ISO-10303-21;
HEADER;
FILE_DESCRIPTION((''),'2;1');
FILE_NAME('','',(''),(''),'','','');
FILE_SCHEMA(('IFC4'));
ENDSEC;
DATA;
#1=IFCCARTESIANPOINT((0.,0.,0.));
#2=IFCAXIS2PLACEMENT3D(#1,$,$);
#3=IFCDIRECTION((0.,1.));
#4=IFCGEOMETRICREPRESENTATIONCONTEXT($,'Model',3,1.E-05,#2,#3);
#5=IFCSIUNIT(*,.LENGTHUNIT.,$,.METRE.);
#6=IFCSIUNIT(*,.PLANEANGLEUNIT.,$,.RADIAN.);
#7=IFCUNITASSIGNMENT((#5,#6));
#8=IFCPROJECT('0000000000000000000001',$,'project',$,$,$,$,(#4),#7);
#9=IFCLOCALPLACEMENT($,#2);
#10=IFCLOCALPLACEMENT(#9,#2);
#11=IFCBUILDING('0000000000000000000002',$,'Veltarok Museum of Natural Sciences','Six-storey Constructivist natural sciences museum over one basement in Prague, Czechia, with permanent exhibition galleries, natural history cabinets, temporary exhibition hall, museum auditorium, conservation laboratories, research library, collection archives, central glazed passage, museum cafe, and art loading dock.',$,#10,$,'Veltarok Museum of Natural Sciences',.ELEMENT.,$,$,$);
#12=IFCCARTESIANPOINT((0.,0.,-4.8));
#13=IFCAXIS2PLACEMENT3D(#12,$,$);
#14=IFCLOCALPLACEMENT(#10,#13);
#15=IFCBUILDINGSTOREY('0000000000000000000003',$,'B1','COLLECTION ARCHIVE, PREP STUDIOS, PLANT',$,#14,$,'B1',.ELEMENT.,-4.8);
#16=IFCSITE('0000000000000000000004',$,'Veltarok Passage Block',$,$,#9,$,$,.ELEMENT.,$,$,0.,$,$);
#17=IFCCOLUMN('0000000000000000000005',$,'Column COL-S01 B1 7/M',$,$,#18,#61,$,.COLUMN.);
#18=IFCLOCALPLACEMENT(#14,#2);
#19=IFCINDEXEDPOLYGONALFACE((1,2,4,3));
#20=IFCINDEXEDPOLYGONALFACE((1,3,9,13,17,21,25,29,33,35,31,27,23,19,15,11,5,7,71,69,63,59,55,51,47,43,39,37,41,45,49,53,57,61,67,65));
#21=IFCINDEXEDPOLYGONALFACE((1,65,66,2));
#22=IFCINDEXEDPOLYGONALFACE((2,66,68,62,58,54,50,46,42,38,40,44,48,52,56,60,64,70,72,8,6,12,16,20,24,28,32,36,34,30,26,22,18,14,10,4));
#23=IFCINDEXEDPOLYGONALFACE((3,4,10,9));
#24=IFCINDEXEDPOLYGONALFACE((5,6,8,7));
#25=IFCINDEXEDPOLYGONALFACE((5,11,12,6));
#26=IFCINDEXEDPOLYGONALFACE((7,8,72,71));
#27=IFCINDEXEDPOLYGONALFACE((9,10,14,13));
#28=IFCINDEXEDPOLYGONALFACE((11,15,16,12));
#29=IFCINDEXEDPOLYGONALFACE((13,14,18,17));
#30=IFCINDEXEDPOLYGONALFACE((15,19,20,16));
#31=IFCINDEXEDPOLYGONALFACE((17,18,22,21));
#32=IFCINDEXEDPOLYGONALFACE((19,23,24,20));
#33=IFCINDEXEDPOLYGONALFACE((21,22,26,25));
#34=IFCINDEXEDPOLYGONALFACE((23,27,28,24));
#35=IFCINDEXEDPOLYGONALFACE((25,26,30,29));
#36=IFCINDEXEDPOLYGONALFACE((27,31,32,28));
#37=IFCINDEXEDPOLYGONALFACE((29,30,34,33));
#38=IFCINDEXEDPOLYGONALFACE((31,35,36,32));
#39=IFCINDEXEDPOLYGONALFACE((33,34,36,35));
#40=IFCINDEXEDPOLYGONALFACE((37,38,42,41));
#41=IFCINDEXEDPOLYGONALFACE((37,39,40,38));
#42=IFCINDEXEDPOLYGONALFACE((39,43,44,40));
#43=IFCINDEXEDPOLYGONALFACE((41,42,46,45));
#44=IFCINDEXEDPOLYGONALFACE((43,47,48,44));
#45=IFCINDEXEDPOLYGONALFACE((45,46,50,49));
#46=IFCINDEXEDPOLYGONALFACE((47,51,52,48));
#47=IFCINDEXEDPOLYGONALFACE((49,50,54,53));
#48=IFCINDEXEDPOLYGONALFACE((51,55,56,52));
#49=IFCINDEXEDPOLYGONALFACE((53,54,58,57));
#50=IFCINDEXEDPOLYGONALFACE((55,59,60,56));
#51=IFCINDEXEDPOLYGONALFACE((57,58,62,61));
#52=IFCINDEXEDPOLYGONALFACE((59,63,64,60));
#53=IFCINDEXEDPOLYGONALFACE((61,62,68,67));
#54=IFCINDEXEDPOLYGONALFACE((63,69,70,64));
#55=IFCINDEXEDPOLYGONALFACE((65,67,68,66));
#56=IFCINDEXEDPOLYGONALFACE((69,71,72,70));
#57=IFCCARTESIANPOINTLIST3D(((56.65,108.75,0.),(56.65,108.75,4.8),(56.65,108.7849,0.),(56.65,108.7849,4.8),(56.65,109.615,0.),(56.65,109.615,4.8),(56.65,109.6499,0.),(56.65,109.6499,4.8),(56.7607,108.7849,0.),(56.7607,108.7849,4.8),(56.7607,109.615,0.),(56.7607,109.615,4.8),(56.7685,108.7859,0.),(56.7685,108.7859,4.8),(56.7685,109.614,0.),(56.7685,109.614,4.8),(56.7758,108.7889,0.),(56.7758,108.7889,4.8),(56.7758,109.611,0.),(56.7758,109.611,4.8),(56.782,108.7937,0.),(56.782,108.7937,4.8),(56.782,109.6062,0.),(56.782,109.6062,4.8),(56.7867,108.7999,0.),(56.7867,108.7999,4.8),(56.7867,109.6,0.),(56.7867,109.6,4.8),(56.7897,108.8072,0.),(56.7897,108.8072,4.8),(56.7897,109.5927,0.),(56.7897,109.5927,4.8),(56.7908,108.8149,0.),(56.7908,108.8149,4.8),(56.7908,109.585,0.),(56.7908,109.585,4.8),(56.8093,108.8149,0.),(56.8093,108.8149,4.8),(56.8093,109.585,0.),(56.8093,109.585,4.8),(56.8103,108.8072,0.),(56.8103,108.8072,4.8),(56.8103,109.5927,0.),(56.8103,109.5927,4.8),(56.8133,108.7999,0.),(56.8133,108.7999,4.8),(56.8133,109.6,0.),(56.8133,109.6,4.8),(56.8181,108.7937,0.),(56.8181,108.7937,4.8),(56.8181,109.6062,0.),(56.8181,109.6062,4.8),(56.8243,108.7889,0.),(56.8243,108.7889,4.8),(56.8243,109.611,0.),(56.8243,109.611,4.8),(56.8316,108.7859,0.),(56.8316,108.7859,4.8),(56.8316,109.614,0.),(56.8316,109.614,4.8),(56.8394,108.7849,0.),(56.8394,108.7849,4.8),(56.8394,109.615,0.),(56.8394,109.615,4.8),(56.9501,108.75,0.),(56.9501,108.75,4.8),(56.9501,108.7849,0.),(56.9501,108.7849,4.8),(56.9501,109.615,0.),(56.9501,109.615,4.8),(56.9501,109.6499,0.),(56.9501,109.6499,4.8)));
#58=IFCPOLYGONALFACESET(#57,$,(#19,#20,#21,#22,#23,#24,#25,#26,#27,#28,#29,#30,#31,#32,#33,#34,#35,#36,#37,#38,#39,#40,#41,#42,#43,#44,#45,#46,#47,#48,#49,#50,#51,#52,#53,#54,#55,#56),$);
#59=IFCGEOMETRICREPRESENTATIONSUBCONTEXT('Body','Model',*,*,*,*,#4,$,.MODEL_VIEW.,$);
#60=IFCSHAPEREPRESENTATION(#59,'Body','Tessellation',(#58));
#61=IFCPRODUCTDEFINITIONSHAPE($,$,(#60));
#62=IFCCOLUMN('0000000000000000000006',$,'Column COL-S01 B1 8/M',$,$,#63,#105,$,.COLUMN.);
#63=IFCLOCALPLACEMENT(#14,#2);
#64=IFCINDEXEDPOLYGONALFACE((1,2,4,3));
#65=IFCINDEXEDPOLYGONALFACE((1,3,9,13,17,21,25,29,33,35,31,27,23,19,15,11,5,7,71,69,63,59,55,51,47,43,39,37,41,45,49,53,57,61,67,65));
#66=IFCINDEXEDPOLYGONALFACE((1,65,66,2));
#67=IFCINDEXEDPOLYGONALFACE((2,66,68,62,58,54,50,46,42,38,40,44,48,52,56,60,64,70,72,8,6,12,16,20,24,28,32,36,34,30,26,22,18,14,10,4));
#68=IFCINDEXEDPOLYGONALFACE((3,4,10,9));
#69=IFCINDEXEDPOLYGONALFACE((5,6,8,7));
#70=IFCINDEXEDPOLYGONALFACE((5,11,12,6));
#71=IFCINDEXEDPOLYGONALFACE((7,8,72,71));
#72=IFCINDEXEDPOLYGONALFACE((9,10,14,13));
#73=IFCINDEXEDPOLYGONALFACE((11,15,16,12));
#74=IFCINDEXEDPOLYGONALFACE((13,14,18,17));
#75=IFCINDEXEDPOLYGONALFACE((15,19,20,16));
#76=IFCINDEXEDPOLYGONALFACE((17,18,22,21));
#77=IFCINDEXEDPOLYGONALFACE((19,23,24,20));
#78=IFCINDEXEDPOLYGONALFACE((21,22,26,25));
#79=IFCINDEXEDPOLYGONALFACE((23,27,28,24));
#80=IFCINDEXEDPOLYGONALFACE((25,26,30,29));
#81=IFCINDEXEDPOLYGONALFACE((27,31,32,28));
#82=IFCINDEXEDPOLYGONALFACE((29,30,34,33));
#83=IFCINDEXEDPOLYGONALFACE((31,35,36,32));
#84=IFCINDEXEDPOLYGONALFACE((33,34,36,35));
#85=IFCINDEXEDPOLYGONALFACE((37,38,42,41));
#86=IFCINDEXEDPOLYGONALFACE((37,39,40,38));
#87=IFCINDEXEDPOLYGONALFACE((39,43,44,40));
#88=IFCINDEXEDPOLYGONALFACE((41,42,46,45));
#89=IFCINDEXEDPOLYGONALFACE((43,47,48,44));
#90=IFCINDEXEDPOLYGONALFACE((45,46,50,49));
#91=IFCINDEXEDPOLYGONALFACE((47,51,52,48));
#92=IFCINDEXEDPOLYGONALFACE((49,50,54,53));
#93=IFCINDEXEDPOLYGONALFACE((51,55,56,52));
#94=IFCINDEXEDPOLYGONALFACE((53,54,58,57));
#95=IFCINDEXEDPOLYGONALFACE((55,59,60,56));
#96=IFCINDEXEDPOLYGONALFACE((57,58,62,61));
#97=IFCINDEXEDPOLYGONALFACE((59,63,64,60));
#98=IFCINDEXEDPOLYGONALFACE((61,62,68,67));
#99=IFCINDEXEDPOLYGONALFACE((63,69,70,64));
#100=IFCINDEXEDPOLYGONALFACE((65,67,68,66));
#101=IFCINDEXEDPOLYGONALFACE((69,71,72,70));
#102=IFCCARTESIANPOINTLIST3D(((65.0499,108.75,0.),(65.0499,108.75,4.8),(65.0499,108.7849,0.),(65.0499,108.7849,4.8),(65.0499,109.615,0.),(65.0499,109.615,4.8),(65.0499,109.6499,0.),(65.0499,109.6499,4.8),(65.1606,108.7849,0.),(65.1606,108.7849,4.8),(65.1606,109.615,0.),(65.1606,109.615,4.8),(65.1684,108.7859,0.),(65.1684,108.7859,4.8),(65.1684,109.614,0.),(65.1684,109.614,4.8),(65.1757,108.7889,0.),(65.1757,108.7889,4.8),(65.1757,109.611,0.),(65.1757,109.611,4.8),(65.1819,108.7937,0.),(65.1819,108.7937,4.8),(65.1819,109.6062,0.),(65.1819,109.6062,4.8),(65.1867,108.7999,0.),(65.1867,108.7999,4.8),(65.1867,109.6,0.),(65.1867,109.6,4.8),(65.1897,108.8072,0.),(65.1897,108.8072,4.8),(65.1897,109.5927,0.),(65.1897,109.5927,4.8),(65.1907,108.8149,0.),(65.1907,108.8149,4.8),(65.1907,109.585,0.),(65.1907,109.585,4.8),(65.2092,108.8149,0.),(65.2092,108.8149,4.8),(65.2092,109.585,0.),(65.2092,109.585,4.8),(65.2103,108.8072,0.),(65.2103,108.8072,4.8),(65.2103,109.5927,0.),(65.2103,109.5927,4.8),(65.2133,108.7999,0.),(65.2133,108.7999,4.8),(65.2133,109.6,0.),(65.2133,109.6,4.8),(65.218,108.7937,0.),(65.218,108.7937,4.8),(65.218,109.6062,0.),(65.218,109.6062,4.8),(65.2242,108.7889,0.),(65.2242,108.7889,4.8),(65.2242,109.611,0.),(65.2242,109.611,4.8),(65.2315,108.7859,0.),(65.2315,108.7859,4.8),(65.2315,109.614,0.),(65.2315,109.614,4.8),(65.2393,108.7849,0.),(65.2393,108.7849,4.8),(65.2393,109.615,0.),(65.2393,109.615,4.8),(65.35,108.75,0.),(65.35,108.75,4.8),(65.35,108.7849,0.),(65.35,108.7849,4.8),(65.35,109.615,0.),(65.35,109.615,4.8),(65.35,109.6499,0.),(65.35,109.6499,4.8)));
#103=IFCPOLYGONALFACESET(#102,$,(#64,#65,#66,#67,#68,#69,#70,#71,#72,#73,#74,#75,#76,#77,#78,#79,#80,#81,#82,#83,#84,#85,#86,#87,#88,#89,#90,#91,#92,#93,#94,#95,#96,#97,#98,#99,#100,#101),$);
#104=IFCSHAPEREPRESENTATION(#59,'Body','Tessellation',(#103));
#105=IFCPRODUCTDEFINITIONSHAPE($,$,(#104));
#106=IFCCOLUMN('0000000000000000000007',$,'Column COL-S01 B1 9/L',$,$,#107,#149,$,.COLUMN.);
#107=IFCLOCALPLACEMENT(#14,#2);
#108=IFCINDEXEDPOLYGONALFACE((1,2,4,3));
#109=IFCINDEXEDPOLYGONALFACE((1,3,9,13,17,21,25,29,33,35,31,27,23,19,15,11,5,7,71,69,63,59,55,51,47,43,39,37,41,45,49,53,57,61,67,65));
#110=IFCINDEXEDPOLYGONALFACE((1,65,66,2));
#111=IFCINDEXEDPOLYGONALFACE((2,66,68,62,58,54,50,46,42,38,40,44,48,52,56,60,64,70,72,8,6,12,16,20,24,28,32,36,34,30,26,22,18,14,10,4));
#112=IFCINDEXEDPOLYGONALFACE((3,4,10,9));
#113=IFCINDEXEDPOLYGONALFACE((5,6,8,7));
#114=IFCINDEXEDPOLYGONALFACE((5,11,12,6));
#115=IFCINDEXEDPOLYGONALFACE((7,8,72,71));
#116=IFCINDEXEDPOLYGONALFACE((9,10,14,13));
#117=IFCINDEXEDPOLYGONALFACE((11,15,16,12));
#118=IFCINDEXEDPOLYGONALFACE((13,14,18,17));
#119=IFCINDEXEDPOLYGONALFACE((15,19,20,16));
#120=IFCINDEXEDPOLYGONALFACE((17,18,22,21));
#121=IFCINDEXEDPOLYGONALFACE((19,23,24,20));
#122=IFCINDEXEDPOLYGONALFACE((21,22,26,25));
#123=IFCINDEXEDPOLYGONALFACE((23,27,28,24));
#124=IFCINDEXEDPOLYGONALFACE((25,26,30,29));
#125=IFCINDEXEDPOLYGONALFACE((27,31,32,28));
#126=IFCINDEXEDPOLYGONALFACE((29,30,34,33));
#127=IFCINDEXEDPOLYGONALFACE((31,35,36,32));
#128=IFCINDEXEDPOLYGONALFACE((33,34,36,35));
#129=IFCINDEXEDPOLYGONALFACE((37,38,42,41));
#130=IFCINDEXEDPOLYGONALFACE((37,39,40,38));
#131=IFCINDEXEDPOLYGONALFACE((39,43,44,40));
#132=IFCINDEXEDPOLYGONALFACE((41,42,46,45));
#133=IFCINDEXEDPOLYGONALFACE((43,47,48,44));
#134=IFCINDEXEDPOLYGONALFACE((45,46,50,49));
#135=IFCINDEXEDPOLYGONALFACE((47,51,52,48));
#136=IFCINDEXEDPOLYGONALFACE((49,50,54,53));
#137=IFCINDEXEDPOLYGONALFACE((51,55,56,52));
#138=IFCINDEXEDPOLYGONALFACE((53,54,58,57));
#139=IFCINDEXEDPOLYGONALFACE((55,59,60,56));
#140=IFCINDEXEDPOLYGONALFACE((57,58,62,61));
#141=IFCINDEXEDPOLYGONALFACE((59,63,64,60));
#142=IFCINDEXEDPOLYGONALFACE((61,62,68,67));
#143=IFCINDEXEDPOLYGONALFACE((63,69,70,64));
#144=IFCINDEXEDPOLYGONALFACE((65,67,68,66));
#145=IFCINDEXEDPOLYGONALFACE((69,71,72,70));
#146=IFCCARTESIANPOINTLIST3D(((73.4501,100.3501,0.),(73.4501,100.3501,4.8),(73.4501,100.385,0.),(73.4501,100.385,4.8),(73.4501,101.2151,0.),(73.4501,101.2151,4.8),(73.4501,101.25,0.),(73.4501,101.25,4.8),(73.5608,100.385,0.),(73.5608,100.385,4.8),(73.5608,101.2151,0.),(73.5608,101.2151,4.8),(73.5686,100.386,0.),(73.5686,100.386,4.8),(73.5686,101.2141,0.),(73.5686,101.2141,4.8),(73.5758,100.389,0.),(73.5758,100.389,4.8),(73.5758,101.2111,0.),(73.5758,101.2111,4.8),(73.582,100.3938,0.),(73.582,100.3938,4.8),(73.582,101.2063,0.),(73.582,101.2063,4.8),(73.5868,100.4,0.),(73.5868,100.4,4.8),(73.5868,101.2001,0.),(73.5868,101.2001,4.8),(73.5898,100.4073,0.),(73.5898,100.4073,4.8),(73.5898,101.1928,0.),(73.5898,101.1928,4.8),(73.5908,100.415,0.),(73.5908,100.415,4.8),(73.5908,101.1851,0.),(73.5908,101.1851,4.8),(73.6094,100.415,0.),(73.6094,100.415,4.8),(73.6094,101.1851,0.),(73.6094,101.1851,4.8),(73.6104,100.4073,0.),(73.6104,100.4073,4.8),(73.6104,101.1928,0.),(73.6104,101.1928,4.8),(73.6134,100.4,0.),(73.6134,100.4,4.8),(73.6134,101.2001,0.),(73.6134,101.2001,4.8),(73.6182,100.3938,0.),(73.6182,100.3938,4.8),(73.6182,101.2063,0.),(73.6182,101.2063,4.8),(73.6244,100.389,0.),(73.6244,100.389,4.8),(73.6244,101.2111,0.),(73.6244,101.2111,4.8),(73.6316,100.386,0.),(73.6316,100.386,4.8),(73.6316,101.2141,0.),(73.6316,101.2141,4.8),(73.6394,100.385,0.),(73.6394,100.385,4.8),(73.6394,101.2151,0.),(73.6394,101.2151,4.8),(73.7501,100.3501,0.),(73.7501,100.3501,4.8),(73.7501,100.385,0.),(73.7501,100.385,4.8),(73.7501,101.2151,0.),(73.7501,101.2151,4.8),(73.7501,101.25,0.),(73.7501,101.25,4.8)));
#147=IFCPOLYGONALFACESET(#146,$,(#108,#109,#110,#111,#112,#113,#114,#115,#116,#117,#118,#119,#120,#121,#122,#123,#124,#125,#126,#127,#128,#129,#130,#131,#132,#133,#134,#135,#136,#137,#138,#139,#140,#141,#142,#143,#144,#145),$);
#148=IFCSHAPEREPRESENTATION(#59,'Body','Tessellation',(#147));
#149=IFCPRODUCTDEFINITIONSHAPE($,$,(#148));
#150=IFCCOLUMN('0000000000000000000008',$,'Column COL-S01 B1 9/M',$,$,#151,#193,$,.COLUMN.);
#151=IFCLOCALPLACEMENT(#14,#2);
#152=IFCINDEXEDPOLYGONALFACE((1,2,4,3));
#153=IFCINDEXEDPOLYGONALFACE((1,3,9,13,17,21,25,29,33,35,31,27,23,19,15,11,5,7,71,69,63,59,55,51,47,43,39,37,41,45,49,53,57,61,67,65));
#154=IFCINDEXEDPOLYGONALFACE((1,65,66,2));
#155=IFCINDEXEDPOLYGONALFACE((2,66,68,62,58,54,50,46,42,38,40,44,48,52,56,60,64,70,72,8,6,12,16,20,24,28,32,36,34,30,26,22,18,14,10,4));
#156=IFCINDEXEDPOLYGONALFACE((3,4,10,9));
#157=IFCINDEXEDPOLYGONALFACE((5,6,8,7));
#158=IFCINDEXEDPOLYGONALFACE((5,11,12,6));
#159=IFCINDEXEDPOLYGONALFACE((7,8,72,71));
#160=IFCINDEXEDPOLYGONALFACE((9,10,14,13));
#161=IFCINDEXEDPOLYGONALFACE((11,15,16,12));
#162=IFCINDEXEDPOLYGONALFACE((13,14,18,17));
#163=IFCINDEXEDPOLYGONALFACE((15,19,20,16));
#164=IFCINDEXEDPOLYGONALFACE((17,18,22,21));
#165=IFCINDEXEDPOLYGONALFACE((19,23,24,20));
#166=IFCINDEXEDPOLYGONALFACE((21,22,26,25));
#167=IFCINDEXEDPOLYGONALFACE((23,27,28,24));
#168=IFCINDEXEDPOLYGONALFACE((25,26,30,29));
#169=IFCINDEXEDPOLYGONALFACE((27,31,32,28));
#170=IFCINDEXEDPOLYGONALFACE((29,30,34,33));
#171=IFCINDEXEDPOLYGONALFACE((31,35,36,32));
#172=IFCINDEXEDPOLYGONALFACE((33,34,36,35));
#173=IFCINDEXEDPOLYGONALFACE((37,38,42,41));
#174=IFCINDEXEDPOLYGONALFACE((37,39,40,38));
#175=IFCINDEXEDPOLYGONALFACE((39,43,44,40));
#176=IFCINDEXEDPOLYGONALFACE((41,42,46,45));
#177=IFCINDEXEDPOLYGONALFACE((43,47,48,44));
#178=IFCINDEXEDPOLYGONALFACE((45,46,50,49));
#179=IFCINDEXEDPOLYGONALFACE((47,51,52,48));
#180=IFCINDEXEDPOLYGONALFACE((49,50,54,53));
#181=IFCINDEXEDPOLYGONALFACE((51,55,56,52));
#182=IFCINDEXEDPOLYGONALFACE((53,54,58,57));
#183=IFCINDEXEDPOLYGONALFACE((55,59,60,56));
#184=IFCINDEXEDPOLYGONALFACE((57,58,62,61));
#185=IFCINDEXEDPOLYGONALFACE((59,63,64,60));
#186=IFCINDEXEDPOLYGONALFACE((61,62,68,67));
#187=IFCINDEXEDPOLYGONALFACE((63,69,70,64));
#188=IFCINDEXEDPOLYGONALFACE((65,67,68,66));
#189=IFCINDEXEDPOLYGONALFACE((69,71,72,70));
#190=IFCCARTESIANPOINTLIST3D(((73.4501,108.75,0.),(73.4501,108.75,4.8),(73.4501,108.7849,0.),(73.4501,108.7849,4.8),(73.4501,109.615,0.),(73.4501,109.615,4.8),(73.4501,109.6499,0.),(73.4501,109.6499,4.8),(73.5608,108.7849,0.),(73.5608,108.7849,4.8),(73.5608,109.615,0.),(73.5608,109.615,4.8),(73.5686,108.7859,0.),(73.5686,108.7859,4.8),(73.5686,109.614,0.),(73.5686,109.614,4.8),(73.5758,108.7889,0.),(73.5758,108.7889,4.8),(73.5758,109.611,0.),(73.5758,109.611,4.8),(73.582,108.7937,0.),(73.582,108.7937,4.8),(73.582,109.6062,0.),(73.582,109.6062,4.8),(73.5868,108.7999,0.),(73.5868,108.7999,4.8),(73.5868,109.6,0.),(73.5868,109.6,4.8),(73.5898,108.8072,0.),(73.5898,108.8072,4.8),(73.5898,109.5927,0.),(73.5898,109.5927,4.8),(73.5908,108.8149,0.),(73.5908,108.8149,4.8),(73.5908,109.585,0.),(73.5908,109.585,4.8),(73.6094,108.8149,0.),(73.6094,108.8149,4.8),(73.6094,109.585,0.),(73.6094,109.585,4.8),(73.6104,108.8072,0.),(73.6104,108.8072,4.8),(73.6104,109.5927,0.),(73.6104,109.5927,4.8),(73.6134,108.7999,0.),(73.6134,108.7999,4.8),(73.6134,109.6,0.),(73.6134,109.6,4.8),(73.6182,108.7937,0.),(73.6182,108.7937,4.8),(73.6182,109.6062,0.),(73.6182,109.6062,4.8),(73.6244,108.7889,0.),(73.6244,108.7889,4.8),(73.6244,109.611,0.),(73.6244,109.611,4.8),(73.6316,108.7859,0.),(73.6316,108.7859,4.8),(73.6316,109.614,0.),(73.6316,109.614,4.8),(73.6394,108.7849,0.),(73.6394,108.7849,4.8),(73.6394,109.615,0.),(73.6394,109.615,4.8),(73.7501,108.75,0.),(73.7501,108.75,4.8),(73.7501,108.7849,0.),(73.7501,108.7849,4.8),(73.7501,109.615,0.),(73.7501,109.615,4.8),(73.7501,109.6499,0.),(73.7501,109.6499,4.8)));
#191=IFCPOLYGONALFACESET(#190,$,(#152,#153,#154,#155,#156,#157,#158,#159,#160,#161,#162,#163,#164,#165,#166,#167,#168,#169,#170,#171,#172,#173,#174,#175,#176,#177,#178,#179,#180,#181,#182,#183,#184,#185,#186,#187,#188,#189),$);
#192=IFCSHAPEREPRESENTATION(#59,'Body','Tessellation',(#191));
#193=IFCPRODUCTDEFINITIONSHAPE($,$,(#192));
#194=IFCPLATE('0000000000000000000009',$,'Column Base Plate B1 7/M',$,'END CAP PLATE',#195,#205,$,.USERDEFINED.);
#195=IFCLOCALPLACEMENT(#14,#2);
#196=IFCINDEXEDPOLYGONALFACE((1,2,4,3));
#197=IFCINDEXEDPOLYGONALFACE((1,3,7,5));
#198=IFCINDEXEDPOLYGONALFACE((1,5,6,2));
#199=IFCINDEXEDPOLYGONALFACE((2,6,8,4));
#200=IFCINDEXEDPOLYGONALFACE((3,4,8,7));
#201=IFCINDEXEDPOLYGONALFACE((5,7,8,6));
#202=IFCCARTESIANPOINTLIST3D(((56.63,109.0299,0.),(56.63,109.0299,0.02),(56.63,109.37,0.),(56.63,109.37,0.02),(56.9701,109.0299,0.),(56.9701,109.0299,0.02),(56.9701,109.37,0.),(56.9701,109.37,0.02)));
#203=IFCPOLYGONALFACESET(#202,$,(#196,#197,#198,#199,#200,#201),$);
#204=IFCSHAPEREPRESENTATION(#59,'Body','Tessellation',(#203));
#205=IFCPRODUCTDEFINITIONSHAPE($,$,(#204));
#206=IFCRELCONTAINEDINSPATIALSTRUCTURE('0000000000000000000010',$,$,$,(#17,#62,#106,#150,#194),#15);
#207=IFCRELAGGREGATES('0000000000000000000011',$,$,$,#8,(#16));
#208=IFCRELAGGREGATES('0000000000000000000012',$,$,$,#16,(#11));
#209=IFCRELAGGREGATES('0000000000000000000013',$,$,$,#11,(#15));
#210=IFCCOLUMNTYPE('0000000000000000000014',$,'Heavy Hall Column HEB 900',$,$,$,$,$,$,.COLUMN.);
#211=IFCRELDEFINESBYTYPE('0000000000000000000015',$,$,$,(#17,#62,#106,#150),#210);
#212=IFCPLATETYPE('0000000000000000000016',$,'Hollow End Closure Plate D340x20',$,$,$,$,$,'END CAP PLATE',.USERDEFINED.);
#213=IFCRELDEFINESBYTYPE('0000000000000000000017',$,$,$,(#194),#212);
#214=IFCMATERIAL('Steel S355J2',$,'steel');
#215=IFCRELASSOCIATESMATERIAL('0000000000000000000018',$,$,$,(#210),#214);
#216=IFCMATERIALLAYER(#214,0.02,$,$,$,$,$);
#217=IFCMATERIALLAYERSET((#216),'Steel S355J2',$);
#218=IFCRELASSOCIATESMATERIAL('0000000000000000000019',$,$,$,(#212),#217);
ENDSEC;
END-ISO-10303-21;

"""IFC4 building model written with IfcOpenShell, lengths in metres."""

from ifc_helpers import new_model, si_unit, direction, frame, origin, origin_2d, place, context, subcontext, project, spatial, rectangle, i_section, extrude, material, layer, layer_set, material_profile, profile_set, type_object, element, save


model = new_model("IFC4")

# Units and contexts
model_context = context("Model", 3, precision=1e-05, world=origin(), true_north=direction((0.0, 1.0)))
body_context = subcontext(model_context, "Body", "Model", "MODEL_VIEW")
ifc_project = project(units=[si_unit("LENGTHUNIT", "METRE"), si_unit("PLANEANGLEUNIT", "RADIAN")], contexts=[model_context])

# Site, building, storey
site_placement = place(None, origin())
site = spatial("IfcSite", under=ifc_project, at=site_placement, Name="Veltarok Passage Block", CompositionType="ELEMENT", RefElevation=0.0)
building_placement = place(site_placement, origin())
building = spatial("IfcBuilding", under=site, at=building_placement, Name="Veltarok Museum of Natural Sciences", Description="Six-storey Constructivist natural sciences museum over one basement in Prague, Czechia, with permanent exhibition galleries, natural history cabinets, temporary exhibition hall, museum auditorium, conservation laboratories, research library, collection archives, central glazed passage, museum cafe, and art loading dock.", LongName="Veltarok Museum of Natural Sciences", CompositionType="ELEMENT")
storey_placement = place(building_placement, frame((0.0, 0.0, -4.8)))
storey = spatial("IfcBuildingStorey", under=building, at=storey_placement, Name="B1", Description="COLLECTION ARCHIVE, PREP STUDIOS, PLANT", LongName="B1", CompositionType="ELEMENT", Elevation=-4.8)

# Columns
ifc_material_1 = material(Name="Steel S355J2", Category="steel")
ifc_material_profile_1 = material_profile(ifc_material_1, i_section(OverallWidth=0.3, OverallDepth=0.8999, WebThickness=0.0186, FlangeThickness=0.0349, FilletRadius=0.03, at=origin_2d()), Name="HEB 900")
ifc_profile_set_1 = profile_set([ifc_material_profile_1], Name="Steel S355J2")
column_type = type_object("IfcColumnType", Name="Heavy Hall Column HEB 900", PredefinedType="COLUMN", material=ifc_profile_set_1)
for number, where, z_axis, x_axis, name in (
    (1, (56.8, 109.2, 0.0), (0.0, 0.0, 1.0), (1.0, 0.0, 0.0), "Column COL-S01 B1 7/M"),
    (2, (65.2, 109.2, 0.0), (0.0, 0.0, 1.0), (1.0, 0.0, 0.0), "Column COL-S01 B1 8/M"),
    (3, (73.6001, 100.8, 0.0), (0.0, 0.0, 1.0), (1.0, 0.0, 0.0), "Column COL-S01 B1 9/L"),
    (4, (73.6001, 109.2, 0.0), (0.0, 0.0, 1.0), (1.0, 0.0, 0.0), "Column COL-S01 B1 9/M"),
):
    element("IfcColumn", number, at=place(storey_placement, frame(where, z_axis=z_axis, x_axis=x_axis)), inside=storey, type_object=column_type, Name=name, PredefinedType="COLUMN", context=body_context, shape_type="SweptSolid", body=[
        extrude(i_section(OverallWidth=0.3, OverallDepth=0.8999, WebThickness=0.0186, FlangeThickness=0.0349, FilletRadius=0.03, at=origin_2d()), origin(), (0.0, 0.0, 1.0), 4.8),
    ])

# Plate
ifc_layer = layer(ifc_material_1, 0.02)
ifc_layer_set = layer_set([ifc_layer], Name="Steel S355J2")
plate_type = type_object("IfcPlateType", Name="Hollow End Closure Plate D340x20", ElementType="END CAP PLATE", PredefinedType="USERDEFINED", material=ifc_layer_set)
for number, where, z_axis, x_axis, name in (
    (5, (56.8, 109.2, 0.0), (0.0, 0.0, 1.0), (1.0, 0.0, 0.0), "Column Base Plate B1 7/M"),
):
    element("IfcPlate", number, at=place(storey_placement, frame(where, z_axis=z_axis, x_axis=x_axis)), inside=storey, type_object=plate_type, Name=name, ObjectType="END CAP PLATE", PredefinedType="USERDEFINED", context=body_context, shape_type="SweptSolid", body=[
        extrude(rectangle(XDim=0.3401, YDim=0.3401, at=origin_2d()), origin(), (0.0, 0.0, 1.0), 0.02),
    ])

save(model, "model.ifc")
